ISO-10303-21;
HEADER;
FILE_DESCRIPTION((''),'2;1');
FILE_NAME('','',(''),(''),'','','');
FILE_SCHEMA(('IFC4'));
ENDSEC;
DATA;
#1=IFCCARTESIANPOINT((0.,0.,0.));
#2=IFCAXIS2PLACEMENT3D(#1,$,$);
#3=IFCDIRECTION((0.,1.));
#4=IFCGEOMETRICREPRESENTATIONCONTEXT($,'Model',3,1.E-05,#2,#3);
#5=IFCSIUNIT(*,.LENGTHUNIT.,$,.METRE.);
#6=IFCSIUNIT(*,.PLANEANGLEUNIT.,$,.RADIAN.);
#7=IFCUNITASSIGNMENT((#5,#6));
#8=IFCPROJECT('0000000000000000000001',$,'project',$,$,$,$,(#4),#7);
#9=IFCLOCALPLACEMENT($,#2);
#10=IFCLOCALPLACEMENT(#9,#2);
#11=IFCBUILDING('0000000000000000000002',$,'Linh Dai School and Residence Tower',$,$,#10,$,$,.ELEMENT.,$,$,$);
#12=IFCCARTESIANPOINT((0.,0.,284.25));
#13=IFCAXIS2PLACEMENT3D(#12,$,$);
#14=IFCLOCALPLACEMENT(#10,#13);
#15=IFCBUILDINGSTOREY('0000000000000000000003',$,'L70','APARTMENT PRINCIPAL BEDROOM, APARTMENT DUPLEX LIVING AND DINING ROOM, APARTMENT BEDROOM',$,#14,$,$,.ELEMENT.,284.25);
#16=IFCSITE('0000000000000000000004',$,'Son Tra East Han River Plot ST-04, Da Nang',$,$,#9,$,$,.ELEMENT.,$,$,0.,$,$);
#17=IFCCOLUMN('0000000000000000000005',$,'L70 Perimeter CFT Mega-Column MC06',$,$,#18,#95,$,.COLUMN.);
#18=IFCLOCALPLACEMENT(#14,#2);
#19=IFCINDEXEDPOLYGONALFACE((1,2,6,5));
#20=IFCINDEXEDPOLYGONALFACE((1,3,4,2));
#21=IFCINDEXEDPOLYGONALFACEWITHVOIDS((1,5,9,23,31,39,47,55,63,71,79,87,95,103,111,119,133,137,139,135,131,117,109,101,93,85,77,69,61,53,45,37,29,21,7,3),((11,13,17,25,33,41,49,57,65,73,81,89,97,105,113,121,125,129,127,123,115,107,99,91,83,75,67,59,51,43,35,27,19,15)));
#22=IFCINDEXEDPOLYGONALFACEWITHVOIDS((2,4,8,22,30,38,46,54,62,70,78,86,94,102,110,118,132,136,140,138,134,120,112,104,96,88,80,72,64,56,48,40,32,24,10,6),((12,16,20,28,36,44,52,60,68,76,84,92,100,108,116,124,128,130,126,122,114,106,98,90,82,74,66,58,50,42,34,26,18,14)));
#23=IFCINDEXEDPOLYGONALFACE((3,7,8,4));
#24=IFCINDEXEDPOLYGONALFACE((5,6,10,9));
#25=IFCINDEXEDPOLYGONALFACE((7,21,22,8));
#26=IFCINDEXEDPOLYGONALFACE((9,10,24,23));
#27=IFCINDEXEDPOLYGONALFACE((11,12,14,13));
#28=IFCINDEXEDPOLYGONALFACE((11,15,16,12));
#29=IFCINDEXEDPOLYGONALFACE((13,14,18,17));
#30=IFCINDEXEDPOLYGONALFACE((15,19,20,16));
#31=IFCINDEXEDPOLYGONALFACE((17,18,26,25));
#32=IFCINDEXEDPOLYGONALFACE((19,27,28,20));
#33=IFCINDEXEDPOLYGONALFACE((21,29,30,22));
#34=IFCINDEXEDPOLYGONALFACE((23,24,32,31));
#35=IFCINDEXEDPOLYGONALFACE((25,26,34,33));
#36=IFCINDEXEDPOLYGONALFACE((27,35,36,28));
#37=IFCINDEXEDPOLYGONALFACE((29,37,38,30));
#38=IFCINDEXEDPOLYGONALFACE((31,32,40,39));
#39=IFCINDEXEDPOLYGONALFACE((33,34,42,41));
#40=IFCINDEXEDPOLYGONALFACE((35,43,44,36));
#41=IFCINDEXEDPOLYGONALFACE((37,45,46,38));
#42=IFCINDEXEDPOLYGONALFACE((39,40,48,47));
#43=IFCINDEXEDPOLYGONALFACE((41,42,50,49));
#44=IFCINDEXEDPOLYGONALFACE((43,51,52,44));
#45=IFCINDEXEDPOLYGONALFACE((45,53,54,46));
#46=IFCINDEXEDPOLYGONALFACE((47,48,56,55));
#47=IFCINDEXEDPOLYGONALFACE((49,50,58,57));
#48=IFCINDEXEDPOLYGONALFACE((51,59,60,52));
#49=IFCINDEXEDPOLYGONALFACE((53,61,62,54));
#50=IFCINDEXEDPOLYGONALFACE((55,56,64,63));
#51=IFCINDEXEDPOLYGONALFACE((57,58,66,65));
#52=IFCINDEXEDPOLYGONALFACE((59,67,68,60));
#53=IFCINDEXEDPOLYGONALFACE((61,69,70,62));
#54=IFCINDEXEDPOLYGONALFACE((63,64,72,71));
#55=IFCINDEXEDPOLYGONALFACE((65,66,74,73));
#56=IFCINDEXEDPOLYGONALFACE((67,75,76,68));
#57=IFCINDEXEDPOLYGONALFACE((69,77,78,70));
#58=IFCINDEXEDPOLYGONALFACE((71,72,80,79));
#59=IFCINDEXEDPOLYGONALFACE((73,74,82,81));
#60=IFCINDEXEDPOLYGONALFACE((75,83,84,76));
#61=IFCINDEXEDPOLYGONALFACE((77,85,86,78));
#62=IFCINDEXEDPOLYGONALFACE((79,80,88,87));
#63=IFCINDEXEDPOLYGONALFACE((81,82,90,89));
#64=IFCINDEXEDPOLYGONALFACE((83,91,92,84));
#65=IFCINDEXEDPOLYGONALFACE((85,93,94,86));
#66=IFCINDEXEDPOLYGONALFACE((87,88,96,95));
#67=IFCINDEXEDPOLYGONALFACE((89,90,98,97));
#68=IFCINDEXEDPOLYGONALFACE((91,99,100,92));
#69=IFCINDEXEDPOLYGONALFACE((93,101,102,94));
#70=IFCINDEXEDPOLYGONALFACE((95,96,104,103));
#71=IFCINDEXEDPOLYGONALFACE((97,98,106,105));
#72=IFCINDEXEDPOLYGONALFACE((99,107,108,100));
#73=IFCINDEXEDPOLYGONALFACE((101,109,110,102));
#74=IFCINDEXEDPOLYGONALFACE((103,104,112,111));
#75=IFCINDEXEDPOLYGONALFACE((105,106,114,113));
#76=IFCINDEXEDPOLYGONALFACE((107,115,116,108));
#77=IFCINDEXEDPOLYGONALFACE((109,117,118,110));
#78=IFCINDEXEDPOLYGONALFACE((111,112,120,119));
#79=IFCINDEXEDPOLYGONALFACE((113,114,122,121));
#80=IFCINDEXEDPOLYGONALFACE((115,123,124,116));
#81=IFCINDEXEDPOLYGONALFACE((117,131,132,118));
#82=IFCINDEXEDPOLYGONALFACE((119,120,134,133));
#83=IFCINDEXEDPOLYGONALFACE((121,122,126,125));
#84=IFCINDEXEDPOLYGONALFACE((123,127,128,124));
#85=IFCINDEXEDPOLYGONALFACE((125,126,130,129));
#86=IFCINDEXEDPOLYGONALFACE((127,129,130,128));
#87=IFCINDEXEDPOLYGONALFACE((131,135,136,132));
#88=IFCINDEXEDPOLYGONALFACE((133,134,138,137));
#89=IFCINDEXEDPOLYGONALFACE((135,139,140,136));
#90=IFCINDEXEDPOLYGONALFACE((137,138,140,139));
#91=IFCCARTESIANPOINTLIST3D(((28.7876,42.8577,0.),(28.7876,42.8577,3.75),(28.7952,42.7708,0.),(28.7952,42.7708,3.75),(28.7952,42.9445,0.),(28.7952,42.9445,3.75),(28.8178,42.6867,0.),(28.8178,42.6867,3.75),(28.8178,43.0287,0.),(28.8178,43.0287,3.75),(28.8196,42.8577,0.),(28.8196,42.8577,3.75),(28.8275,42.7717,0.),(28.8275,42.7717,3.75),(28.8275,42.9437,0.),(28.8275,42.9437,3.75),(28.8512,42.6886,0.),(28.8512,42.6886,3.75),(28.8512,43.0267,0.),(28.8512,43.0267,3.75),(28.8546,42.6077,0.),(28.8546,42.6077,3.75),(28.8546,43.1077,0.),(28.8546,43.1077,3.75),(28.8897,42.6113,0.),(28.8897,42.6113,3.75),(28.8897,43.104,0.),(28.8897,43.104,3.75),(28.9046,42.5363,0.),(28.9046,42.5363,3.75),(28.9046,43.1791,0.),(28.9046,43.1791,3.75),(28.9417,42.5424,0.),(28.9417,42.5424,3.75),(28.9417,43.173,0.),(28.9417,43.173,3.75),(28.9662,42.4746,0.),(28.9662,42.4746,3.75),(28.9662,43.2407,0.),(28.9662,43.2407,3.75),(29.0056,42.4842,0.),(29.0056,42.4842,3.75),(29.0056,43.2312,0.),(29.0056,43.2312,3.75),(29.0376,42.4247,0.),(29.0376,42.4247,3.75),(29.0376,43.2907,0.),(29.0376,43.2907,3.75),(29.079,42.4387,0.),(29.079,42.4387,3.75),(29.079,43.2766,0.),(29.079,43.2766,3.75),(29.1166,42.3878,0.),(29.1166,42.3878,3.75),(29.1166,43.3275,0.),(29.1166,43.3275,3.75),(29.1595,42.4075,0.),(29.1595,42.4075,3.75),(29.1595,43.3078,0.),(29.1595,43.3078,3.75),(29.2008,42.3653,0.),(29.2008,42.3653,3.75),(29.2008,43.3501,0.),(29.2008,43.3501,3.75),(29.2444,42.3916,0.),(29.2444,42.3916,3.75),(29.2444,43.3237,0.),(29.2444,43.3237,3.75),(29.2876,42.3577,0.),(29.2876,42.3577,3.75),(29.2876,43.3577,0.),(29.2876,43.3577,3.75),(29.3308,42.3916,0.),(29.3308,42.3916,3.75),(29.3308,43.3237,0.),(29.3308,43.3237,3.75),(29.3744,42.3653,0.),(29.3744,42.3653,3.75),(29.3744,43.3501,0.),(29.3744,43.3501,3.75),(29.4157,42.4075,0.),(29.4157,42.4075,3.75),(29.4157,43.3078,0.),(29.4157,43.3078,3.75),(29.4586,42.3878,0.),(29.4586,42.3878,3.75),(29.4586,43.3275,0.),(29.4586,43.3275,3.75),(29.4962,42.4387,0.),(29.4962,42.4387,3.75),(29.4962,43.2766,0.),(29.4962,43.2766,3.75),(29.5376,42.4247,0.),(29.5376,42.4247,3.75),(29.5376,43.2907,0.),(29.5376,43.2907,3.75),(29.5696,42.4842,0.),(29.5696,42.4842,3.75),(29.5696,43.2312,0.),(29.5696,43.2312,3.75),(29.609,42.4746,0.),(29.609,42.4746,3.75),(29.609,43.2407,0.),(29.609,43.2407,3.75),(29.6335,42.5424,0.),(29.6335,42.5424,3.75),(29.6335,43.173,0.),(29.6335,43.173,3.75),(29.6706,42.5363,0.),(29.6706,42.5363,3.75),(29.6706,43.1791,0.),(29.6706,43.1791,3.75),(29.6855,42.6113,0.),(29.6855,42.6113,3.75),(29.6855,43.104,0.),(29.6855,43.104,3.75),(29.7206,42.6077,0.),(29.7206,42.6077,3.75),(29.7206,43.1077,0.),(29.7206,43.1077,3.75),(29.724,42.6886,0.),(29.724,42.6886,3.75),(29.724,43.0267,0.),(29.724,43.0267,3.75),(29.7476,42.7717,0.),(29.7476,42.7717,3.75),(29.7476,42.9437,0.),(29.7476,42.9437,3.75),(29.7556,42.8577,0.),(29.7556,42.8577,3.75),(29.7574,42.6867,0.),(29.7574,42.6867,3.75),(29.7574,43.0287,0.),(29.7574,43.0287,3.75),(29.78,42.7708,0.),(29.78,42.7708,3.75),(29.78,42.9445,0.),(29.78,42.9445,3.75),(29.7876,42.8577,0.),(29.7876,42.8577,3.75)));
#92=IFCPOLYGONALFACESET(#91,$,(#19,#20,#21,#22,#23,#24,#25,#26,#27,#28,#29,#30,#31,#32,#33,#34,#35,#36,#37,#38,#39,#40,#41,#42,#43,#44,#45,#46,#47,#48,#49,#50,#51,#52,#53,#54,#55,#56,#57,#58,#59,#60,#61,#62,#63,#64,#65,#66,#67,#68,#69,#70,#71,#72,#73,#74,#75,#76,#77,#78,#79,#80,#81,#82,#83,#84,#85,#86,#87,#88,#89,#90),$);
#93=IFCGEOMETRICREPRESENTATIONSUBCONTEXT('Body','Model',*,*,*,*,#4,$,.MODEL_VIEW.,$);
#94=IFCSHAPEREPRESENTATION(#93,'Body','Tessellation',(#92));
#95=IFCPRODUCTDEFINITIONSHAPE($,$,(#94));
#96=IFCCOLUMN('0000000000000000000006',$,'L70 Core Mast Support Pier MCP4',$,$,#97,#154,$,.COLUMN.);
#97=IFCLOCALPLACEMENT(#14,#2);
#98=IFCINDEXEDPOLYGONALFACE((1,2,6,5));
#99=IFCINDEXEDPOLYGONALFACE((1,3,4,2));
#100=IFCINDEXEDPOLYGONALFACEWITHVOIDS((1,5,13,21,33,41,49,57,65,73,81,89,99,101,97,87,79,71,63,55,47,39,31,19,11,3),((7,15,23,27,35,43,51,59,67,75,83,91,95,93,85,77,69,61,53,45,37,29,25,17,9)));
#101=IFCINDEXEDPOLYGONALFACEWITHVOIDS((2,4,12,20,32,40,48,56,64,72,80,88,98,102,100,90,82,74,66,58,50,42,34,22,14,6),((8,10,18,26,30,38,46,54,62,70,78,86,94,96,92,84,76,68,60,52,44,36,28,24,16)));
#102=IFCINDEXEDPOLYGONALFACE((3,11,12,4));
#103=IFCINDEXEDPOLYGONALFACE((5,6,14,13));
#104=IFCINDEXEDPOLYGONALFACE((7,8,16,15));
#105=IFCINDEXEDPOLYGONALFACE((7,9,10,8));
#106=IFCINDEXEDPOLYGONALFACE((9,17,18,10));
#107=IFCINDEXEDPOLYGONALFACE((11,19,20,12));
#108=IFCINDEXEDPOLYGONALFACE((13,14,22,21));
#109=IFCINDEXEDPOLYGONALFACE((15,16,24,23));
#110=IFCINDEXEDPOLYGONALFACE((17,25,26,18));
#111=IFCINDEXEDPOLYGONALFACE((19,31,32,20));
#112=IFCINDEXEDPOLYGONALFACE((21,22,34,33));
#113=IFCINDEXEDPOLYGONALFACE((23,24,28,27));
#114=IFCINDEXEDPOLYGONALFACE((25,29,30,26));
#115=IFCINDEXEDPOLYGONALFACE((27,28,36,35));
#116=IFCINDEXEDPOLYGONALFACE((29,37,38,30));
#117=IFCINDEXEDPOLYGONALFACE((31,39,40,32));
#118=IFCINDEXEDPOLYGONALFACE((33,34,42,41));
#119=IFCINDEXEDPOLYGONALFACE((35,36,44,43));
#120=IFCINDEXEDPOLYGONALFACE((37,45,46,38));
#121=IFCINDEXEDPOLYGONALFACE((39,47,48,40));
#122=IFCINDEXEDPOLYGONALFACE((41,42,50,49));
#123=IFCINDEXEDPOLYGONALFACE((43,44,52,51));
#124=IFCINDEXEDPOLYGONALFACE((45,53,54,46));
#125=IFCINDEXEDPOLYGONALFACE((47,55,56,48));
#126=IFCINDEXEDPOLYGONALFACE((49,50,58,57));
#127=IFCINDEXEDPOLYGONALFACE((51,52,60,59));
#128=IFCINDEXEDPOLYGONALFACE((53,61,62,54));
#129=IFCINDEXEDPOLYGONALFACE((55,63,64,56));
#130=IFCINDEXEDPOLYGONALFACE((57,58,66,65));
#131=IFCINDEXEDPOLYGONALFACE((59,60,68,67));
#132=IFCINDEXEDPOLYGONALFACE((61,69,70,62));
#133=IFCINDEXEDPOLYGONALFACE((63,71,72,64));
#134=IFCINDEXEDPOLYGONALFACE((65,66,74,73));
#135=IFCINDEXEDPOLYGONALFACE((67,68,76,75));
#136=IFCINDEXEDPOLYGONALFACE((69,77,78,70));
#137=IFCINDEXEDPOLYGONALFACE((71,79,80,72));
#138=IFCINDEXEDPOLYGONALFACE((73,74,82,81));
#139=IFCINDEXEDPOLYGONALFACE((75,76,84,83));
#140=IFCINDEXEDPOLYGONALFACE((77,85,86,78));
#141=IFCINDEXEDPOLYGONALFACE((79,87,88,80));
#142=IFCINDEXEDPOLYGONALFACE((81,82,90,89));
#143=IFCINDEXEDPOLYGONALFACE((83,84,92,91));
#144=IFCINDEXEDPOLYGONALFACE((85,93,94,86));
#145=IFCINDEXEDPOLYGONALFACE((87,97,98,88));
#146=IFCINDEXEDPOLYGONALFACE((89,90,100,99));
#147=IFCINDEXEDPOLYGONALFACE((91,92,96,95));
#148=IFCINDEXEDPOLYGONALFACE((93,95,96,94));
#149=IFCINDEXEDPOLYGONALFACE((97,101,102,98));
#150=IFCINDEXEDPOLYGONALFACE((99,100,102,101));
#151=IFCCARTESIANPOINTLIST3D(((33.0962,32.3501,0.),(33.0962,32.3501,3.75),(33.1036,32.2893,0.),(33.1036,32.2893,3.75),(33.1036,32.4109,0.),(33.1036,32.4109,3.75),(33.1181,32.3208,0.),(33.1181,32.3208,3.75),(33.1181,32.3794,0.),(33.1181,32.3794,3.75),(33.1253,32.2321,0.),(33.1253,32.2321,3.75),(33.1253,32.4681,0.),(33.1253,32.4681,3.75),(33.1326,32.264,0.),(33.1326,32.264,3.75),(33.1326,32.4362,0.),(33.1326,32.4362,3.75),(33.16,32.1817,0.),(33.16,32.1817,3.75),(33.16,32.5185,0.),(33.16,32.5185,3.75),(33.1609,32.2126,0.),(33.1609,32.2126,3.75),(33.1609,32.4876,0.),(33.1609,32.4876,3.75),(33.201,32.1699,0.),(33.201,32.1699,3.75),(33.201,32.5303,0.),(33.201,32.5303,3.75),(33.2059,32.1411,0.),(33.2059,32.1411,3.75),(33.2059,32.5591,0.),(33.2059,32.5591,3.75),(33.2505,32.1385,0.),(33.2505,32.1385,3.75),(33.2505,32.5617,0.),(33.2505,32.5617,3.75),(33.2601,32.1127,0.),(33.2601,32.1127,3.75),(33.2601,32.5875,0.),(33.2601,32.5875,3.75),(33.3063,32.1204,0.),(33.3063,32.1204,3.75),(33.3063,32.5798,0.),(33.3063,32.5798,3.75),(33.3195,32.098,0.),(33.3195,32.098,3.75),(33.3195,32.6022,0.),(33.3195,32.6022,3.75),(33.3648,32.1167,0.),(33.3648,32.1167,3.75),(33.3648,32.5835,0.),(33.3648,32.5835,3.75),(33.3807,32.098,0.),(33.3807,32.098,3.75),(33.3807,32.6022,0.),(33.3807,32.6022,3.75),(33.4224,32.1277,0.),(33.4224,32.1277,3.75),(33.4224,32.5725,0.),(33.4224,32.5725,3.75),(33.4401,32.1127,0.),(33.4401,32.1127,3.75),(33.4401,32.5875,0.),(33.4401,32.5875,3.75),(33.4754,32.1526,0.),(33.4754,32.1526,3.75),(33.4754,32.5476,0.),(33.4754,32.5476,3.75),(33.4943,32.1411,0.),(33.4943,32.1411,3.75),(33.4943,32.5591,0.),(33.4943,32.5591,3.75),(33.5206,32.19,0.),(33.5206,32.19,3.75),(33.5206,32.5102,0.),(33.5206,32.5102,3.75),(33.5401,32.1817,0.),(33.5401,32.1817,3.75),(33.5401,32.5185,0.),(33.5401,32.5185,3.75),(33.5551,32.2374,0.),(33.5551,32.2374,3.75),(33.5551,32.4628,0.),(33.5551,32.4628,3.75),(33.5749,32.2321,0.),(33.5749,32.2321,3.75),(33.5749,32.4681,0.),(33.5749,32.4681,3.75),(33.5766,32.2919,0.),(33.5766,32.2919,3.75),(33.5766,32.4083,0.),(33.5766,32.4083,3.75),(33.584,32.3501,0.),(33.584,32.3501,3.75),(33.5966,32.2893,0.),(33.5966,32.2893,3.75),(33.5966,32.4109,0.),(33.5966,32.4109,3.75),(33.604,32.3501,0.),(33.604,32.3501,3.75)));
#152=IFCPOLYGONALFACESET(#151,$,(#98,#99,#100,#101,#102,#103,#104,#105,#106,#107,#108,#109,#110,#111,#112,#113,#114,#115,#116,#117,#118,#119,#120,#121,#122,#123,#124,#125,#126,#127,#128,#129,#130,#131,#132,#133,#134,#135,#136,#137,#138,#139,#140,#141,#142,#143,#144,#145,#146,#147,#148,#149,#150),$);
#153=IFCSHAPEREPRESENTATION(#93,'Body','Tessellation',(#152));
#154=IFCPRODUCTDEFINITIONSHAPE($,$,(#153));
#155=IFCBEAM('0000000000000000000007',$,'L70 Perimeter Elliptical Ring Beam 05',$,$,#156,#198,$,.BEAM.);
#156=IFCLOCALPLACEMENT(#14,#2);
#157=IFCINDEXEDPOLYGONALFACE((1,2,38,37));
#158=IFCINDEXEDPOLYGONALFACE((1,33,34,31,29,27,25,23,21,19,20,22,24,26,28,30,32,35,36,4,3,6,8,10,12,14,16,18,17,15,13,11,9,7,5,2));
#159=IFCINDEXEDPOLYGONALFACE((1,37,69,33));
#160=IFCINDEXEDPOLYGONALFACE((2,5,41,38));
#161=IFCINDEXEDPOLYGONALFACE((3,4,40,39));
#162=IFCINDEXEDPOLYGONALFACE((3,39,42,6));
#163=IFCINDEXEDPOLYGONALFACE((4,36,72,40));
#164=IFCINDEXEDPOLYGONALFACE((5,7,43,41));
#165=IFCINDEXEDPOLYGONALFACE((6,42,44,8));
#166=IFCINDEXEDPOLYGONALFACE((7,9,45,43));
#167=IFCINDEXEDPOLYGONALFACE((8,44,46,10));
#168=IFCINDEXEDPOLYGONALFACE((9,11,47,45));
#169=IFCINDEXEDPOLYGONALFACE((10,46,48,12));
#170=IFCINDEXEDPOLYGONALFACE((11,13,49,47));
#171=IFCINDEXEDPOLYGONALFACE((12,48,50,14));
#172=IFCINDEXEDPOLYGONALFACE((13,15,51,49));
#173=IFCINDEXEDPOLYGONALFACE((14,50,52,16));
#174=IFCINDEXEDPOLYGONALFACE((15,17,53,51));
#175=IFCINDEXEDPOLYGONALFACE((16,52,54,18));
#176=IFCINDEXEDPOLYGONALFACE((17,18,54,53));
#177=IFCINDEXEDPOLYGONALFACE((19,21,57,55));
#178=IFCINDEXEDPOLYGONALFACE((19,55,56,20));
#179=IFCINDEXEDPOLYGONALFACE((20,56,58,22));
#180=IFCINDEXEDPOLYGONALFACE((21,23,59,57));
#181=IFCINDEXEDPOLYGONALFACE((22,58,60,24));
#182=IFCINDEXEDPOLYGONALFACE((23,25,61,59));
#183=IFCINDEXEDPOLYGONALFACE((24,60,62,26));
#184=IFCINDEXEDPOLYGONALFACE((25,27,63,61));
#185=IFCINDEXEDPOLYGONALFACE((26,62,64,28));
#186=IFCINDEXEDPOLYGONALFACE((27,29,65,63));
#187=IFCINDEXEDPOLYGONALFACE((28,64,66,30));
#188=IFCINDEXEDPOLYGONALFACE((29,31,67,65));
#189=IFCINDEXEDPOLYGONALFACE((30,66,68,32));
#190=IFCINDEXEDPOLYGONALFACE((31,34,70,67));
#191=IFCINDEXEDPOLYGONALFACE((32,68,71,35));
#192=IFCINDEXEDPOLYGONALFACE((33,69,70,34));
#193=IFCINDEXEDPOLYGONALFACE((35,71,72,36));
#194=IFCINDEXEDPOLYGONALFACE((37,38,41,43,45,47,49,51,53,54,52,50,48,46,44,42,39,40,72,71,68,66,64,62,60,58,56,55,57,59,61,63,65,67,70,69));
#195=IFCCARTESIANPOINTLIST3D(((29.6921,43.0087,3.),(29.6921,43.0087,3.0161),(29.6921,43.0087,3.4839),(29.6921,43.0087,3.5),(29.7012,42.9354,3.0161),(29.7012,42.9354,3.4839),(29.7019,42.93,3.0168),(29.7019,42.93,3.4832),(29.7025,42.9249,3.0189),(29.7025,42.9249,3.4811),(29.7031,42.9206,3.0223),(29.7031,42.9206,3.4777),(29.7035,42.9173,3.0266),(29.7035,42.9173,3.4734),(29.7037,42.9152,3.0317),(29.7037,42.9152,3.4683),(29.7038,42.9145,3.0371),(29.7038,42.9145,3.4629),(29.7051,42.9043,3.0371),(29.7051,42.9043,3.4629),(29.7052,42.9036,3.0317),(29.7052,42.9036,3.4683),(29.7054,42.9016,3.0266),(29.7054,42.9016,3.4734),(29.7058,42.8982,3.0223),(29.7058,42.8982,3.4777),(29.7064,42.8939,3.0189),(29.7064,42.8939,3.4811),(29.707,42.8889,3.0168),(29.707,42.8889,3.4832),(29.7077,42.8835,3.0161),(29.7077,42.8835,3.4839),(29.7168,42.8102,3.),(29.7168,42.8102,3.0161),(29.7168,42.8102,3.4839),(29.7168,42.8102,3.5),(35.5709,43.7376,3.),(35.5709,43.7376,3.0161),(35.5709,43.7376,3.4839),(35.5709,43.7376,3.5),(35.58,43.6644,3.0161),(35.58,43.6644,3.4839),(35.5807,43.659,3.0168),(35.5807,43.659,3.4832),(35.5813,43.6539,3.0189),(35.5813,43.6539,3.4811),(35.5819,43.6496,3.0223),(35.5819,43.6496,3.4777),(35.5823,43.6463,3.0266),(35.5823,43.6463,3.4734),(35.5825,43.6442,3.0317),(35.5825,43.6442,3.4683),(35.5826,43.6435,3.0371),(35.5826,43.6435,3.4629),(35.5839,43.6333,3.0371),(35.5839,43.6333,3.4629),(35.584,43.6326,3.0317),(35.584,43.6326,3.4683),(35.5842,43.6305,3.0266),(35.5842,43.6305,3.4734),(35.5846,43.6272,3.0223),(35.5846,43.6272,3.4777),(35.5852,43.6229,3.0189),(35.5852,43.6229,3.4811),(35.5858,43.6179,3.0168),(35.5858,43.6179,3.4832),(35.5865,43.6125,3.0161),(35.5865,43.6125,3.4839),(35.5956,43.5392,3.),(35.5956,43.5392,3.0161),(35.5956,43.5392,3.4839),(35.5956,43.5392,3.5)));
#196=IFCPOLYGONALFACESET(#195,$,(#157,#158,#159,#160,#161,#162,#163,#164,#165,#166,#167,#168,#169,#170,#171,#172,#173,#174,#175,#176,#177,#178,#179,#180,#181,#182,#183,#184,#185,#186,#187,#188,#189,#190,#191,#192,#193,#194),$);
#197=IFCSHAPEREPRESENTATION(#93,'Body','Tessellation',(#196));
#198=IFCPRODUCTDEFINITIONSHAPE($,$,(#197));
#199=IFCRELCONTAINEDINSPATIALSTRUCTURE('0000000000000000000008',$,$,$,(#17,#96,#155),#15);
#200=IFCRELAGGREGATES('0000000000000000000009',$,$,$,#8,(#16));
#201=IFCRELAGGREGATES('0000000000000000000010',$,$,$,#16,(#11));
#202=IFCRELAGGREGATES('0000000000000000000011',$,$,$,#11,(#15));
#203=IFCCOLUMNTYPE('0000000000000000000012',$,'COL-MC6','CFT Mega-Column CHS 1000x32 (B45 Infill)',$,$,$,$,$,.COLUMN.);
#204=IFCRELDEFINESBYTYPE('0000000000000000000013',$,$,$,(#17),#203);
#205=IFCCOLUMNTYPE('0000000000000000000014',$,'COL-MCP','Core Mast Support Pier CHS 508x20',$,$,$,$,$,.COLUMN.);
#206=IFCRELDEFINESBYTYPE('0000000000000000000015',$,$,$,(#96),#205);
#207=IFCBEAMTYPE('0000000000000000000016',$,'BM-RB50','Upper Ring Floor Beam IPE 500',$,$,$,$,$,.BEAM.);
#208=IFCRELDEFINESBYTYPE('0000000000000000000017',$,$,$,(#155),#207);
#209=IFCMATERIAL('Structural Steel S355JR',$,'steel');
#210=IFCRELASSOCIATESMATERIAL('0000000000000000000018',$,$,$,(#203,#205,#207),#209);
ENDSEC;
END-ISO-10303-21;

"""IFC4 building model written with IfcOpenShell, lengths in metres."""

from ifc_helpers import new_model, si_unit, direction, frame, origin, origin_2d, place, context, subcontext, project, spatial, hollow_circle, i_section, extrude, material, material_profile, profile_set, type_object, element, save


model = new_model("IFC4")

# Units and contexts
model_context = context("Model", 3, precision=1e-05, world=origin(), true_north=direction((0.0, 1.0)))
body_context = subcontext(model_context, "Body", "Model", "MODEL_VIEW")
ifc_project = project(units=[si_unit("LENGTHUNIT", "METRE"), si_unit("PLANEANGLEUNIT", "RADIAN")], contexts=[model_context])

# Site, building, storey
site_placement = place(None, origin())
site = spatial("IfcSite", under=ifc_project, at=site_placement, Name="Son Tra East Han River Plot ST-04, Da Nang", CompositionType="ELEMENT", RefElevation=0.0)
building_placement = place(site_placement, origin())
building = spatial("IfcBuilding", under=site, at=building_placement, Name="Linh Dai School and Residence Tower", CompositionType="ELEMENT")
storey_placement = place(building_placement, frame((0.0, 0.0, 284.25)))
storey = spatial("IfcBuildingStorey", under=building, at=storey_placement, Name="L70", Description="APARTMENT PRINCIPAL BEDROOM, APARTMENT DUPLEX LIVING AND DINING ROOM, APARTMENT BEDROOM", CompositionType="ELEMENT", Elevation=284.25)

# Columns
ifc_material_1 = material(Name="Structural Steel S355JR", Category="steel")
ifc_material_profile_1 = material_profile(ifc_material_1, hollow_circle(Radius=0.5, WallThickness=0.032, at=origin_2d()), Name="CHS 1000x32")
ifc_profile_set_1 = profile_set([ifc_material_profile_1], Name="Structural Steel S355JR")
column_type_1 = type_object("IfcColumnType", Name="COL-MC6", Description="CFT Mega-Column CHS 1000x32 (B45 Infill)", PredefinedType="COLUMN", material=ifc_profile_set_1)
column_1_placement = place(storey_placement, frame((29.2876, 42.8577, 0.0), z_axis=(0.0, 0.0, 1.0), x_axis=(1.0, 0.0, 0.0)))
element("IfcColumn", 1, at=column_1_placement, inside=storey, type_object=column_type_1, Name="L70 Perimeter CFT Mega-Column MC06", PredefinedType="COLUMN", context=body_context, shape_type="SweptSolid", body=[
    extrude(hollow_circle(Radius=0.5, WallThickness=0.032, at=origin_2d()), origin(), (0.0, 0.0, 1.0), 3.75),
])
ifc_material_profile_2 = material_profile(ifc_material_1, hollow_circle(Radius=0.2539, WallThickness=0.02, at=origin_2d()), Name="CHS 508x20")
ifc_profile_set_2 = profile_set([ifc_material_profile_2], Name="Structural Steel S355JR")
column_type_2 = type_object("IfcColumnType", Name="COL-MCP", Description="Core Mast Support Pier CHS 508x20", PredefinedType="COLUMN", material=ifc_profile_set_2)
column_2_placement = place(storey_placement, frame((33.3501, 32.3501, 0.0), z_axis=(0.0, 0.0, 1.0), x_axis=(1.0, 0.0, 0.0)))
element("IfcColumn", 2, at=column_2_placement, inside=storey, type_object=column_type_2, Name="L70 Core Mast Support Pier MCP4", PredefinedType="COLUMN", context=body_context, shape_type="SweptSolid", body=[
    extrude(hollow_circle(Radius=0.2539, WallThickness=0.02, at=origin_2d()), origin(), (0.0, 0.0, 1.0), 3.75),
])

# Beam
ifc_material_profile_3 = material_profile(ifc_material_1, i_section(OverallWidth=0.2, OverallDepth=0.5, WebThickness=0.0103, FlangeThickness=0.0161, FilletRadius=0.021, at=origin_2d()), Name="IPE 500")
ifc_profile_set_3 = profile_set([ifc_material_profile_3], Name="Structural Steel S355JR")
beam_type_1 = type_object("IfcBeamType", Name="BM-RB50", Description="Upper Ring Floor Beam IPE 500", PredefinedType="BEAM", material=ifc_profile_set_3)
beam_1_placement = place(storey_placement, frame((35.5833, 43.6384, 3.25), z_axis=(-0.992399, -0.123061, 0.0), x_axis=(0.123061, -0.992399, 0.0)))
element("IfcBeam", 3, at=beam_1_placement, inside=storey, type_object=beam_type_1, Name="L70 Perimeter Elliptical Ring Beam 05", PredefinedType="BEAM", context=body_context, shape_type="SweptSolid", body=[
    extrude(i_section(OverallWidth=0.2, OverallDepth=0.5, WebThickness=0.0103, FlangeThickness=0.0161, FilletRadius=0.021, at=origin_2d()), origin(), (0.0, 0.0, 1.0), 5.9238),
])

save(model, "model.ifc")
